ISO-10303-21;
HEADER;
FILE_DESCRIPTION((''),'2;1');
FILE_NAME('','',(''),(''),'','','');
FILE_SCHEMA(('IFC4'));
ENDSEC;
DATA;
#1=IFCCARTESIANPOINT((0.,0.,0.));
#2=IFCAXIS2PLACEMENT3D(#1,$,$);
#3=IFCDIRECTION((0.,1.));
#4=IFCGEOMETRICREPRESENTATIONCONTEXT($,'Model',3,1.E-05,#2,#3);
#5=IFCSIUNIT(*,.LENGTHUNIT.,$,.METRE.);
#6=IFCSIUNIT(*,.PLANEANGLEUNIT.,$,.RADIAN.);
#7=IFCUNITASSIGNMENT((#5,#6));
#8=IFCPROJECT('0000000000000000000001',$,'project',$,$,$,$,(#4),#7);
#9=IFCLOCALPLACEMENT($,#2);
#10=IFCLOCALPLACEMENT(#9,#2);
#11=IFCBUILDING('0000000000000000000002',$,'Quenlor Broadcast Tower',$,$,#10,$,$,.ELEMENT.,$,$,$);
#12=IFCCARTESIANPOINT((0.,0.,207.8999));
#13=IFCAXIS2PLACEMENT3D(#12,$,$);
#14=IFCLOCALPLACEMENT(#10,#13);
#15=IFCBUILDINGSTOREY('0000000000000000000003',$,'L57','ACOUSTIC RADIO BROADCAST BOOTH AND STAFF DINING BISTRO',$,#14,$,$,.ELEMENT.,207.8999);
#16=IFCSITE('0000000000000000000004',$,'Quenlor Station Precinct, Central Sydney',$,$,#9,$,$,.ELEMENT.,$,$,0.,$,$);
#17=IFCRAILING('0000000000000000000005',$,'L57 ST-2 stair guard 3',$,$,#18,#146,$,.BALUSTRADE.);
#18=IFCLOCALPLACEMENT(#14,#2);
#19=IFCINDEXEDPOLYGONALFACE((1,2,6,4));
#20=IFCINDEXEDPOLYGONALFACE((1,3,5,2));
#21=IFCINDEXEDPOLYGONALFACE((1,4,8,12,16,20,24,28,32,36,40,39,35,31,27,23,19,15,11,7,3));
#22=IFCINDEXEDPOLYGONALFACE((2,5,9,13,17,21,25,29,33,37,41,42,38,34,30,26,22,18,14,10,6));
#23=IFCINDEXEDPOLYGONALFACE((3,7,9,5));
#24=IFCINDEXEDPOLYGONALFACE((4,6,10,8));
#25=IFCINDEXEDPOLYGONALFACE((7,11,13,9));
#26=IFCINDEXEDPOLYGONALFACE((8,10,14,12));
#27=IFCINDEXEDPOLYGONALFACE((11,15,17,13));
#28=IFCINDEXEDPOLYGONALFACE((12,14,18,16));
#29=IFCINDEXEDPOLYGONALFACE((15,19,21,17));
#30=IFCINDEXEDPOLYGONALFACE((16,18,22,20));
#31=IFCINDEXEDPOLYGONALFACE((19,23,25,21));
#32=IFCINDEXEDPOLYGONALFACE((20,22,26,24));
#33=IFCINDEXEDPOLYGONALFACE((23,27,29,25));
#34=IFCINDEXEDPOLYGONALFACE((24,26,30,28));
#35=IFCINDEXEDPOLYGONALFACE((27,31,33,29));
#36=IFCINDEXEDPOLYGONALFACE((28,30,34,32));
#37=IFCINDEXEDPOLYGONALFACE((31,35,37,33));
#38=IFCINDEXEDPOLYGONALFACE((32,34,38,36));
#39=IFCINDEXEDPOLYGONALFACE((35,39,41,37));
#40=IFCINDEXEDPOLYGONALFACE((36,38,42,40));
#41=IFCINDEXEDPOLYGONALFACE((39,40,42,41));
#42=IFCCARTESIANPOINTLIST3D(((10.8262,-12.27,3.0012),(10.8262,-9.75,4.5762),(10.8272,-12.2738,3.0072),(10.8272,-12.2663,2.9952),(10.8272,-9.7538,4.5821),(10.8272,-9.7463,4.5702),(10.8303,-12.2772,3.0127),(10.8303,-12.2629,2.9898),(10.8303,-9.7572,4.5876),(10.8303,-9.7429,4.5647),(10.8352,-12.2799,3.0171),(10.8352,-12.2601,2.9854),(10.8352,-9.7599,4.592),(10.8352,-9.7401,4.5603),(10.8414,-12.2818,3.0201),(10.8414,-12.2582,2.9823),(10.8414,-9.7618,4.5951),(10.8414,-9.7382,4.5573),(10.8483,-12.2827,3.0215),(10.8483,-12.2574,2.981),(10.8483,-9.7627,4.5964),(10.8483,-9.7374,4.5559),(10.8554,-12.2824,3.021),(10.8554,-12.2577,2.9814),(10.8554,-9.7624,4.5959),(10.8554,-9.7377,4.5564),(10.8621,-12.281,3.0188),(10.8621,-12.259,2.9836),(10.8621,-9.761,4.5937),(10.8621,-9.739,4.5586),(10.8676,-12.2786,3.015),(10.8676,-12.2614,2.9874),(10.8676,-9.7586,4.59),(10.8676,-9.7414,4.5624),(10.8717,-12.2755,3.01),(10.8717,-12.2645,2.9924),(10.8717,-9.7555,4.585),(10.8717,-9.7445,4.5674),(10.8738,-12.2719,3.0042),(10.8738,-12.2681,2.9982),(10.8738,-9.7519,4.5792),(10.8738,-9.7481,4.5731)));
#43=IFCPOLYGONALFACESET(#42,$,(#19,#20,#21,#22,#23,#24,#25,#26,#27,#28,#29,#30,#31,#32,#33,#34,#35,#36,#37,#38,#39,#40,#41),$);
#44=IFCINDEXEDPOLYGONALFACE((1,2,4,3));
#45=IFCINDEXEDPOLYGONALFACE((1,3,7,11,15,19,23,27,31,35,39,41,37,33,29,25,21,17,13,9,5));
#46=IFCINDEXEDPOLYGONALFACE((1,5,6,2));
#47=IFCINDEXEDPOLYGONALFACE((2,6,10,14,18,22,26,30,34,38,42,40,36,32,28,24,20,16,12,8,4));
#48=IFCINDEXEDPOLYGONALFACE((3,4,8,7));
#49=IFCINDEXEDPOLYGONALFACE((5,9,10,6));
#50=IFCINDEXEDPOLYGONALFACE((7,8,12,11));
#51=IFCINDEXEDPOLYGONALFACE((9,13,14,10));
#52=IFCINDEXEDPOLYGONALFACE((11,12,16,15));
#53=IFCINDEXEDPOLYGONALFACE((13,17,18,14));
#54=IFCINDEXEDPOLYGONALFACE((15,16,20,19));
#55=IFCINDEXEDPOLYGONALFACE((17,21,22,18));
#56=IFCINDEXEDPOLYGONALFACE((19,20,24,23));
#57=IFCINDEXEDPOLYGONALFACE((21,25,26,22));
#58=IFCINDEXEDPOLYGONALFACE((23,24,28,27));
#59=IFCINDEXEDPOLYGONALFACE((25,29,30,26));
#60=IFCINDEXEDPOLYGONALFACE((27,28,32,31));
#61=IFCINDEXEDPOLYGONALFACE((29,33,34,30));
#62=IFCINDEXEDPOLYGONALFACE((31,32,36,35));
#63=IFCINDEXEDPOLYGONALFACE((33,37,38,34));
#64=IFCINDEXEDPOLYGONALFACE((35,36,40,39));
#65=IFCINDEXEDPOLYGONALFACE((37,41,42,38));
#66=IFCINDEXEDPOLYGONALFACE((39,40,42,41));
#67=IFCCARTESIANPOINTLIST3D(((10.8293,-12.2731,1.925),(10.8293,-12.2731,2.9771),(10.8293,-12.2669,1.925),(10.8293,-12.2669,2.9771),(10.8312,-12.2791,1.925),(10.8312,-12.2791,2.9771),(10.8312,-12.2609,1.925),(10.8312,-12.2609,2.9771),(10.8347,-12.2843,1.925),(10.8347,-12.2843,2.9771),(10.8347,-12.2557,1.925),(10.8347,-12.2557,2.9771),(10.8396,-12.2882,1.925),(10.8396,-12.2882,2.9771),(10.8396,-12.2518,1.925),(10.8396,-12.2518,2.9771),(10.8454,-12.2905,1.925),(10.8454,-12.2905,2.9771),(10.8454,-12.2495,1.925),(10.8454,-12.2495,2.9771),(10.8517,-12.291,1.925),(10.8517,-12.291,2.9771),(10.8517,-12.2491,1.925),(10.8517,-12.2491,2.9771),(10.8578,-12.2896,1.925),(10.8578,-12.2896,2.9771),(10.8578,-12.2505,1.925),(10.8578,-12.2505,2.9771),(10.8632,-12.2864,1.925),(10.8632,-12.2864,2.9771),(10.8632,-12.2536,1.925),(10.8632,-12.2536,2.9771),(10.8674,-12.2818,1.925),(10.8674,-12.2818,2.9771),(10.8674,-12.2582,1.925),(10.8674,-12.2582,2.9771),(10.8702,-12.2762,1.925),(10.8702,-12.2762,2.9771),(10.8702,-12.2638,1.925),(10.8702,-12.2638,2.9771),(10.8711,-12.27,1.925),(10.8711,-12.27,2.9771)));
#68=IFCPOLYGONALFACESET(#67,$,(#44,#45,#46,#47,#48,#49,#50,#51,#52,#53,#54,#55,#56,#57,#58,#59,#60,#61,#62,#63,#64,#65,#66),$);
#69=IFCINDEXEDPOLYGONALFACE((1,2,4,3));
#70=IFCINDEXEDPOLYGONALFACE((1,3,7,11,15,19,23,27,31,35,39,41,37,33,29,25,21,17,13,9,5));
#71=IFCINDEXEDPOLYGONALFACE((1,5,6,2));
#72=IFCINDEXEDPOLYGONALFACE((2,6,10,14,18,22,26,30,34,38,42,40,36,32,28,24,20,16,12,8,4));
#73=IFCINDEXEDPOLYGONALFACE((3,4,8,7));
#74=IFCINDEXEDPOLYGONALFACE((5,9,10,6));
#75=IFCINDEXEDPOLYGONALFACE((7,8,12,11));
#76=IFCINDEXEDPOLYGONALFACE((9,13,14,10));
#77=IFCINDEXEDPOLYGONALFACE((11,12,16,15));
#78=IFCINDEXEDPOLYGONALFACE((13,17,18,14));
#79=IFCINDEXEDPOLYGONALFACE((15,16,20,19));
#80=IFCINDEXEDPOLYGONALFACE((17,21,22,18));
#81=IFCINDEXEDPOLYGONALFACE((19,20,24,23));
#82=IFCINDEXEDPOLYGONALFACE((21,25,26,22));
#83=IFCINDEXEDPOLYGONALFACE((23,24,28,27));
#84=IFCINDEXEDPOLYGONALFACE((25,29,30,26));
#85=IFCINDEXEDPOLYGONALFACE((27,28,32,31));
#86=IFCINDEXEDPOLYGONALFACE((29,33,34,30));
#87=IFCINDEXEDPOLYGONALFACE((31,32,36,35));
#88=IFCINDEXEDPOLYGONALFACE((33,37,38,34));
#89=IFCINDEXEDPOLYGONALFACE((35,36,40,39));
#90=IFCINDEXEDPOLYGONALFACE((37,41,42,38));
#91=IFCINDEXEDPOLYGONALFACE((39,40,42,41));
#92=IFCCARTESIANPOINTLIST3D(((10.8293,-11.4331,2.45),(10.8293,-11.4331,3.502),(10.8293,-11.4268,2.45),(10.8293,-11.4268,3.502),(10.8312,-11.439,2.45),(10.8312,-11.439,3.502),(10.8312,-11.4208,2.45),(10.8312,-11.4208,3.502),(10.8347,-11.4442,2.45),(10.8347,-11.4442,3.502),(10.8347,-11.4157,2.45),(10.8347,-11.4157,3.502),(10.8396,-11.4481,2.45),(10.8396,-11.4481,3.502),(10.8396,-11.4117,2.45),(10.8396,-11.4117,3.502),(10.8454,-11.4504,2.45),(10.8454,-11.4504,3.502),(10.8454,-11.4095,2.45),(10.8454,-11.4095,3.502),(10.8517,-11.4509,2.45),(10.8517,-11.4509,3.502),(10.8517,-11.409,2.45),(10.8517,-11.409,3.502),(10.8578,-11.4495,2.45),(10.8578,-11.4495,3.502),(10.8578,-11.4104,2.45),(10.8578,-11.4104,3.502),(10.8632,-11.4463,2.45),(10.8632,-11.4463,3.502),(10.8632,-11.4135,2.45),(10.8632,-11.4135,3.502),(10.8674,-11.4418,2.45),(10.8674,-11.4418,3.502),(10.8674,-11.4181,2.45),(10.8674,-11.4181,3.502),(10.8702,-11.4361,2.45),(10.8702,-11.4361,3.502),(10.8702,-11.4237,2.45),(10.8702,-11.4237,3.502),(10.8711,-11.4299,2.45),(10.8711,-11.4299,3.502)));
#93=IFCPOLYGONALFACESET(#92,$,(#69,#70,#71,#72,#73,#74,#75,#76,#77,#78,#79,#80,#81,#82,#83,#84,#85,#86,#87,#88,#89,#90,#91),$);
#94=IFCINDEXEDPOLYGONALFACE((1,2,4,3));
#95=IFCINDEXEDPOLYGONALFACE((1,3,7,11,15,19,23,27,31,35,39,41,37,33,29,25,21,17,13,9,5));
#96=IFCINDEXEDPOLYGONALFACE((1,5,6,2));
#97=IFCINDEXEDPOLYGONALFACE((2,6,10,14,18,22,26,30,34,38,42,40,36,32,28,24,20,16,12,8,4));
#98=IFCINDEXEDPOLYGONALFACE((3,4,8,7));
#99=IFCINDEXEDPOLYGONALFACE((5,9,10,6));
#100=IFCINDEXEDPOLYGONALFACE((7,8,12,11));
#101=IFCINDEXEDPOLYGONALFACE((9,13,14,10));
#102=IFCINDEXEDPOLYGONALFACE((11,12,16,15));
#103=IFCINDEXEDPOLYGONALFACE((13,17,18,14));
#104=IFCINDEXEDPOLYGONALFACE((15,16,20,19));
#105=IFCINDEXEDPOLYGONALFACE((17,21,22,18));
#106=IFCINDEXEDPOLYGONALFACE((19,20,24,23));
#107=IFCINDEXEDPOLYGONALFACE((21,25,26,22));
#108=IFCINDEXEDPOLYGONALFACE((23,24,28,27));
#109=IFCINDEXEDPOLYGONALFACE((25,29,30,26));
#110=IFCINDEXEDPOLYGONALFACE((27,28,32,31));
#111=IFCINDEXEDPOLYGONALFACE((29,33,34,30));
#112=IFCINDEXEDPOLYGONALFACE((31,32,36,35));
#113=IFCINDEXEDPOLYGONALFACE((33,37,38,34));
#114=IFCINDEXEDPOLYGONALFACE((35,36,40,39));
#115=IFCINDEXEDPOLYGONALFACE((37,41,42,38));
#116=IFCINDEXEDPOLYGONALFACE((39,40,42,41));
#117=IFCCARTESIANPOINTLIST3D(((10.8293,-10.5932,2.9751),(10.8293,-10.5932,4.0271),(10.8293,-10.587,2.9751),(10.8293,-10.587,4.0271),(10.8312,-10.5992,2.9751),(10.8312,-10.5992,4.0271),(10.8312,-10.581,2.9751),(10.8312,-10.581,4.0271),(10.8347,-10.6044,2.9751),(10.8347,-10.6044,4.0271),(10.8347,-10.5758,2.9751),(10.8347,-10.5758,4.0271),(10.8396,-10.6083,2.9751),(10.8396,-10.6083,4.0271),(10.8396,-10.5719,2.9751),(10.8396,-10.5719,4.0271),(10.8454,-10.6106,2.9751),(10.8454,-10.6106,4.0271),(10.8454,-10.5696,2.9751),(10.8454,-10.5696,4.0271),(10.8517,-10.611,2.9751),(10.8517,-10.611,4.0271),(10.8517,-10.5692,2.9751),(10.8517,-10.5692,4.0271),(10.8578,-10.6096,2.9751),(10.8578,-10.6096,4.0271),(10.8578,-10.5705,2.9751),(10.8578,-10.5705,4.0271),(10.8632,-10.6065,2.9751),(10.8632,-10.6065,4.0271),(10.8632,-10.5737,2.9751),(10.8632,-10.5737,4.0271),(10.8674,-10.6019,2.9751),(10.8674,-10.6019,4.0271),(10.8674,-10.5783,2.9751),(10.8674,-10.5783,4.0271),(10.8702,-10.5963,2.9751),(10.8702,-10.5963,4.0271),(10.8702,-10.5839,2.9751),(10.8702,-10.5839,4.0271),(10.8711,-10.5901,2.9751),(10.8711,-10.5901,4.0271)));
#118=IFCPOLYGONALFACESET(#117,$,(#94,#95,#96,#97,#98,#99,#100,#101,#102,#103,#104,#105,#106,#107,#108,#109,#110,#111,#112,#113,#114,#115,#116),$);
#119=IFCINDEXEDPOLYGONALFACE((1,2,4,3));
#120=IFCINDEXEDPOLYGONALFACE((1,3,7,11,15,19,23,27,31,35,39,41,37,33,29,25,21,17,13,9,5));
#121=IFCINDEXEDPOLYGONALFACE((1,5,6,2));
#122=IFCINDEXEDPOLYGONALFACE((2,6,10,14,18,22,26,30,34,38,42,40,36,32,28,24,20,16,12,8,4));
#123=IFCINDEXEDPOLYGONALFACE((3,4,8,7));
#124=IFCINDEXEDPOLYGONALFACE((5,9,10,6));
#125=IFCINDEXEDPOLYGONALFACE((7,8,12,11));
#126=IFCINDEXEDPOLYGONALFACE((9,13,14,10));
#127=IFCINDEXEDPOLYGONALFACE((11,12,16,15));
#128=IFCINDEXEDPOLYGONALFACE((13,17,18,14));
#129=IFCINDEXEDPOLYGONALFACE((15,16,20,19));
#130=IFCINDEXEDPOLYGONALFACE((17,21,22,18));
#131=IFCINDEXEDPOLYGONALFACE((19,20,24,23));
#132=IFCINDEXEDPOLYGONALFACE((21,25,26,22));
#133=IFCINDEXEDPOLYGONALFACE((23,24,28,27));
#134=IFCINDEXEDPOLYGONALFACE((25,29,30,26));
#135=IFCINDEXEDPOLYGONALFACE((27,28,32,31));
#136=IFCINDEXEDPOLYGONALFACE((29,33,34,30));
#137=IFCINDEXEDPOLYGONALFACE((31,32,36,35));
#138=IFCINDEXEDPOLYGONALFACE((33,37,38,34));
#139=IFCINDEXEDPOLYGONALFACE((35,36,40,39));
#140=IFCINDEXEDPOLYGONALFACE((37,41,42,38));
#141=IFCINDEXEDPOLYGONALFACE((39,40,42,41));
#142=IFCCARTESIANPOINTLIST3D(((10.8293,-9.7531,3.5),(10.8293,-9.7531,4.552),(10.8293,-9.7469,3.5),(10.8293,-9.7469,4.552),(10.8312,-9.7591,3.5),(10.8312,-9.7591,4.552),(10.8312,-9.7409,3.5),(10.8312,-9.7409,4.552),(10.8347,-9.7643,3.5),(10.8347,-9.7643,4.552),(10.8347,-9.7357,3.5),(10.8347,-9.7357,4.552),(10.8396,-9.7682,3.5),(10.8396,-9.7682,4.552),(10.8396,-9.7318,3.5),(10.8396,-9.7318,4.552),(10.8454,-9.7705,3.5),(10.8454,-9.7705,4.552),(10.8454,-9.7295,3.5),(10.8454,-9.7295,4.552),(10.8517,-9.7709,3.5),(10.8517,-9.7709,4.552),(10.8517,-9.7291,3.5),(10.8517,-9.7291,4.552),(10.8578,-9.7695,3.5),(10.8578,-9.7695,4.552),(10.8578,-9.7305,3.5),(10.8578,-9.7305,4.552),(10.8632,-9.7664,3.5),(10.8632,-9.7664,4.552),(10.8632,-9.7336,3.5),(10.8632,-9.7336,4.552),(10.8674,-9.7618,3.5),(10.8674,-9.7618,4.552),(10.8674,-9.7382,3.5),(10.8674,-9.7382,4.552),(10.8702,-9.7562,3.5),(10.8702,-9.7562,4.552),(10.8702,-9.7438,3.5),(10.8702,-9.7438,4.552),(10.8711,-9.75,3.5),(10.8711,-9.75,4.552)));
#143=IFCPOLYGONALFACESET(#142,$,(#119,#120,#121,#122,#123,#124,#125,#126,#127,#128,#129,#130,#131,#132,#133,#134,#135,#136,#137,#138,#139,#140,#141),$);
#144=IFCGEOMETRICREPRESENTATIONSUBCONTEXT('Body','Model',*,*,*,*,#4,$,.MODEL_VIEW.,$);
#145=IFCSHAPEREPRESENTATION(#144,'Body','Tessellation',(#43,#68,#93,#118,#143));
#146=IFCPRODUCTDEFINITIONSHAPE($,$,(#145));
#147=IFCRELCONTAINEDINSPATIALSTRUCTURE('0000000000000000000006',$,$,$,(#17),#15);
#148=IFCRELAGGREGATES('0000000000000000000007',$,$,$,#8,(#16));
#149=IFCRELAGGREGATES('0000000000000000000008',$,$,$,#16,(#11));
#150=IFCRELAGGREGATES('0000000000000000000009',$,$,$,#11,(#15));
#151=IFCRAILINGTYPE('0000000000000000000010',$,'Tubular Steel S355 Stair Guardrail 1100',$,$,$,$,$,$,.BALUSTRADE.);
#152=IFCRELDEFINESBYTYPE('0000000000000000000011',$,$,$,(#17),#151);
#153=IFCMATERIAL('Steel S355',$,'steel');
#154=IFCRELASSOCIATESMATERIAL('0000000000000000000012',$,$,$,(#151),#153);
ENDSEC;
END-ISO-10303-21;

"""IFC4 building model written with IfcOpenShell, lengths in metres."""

from ifc_helpers import new_model, si_unit, direction, frame, origin, origin_2d, place, context, subcontext, project, spatial, circle, extrude, material, type_object, element, save


model = new_model("IFC4")

# Units and contexts
model_context = context("Model", 3, precision=1e-05, world=origin(), true_north=direction((0.0, 1.0)))
body_context = subcontext(model_context, "Body", "Model", "MODEL_VIEW")
ifc_project = project(units=[si_unit("LENGTHUNIT", "METRE"), si_unit("PLANEANGLEUNIT", "RADIAN")], contexts=[model_context])

# Site, building, storey
site_placement = place(None, origin())
site = spatial("IfcSite", under=ifc_project, at=site_placement, Name="Quenlor Station Precinct, Central Sydney", CompositionType="ELEMENT", RefElevation=0.0)
building_placement = place(site_placement, origin())
building = spatial("IfcBuilding", under=site, at=building_placement, Name="Quenlor Broadcast Tower", CompositionType="ELEMENT")
storey_placement = place(building_placement, frame((0.0, 0.0, 207.8999)))
storey = spatial("IfcBuildingStorey", under=building, at=storey_placement, Name="L57", Description="ACOUSTIC RADIO BROADCAST BOOTH AND STAFF DINING BISTRO", CompositionType="ELEMENT", Elevation=207.8999)

# Railing
ifc_material_1 = material(Name="Steel S355", Category="steel")
railing_type_1 = type_object("IfcRailingType", Name="Tubular Steel S355 Stair Guardrail 1100", PredefinedType="BALUSTRADE", material=ifc_material_1)
railing_1_placement = place(storey_placement, frame((10.8501, -12.27, 1.925)))
element("IfcRailing", 1, at=railing_1_placement, inside=storey, type_object=railing_type_1, Name="L57 ST-2 stair guard 3", PredefinedType="BALUSTRADE", context=body_context, shape_type="SweptSolid", body=[
    extrude(circle(Radius=0.0239, at=origin_2d()), frame((0.0, 0.0, 1.0762), z_axis=(0.0, 0.848008, 0.529984), x_axis=(-1.0, 0.0, 0.0)), (0.0, 0.0, 1.0), 2.9717),
    extrude(circle(Radius=0.021, at=origin_2d()), origin(), (0.0, 0.0, 1.0), 1.052),
    extrude(circle(Radius=0.021, at=origin_2d()), frame((0.0, 0.8401, 0.5249)), (0.0, 0.0, 1.0), 1.052),
    extrude(circle(Radius=0.021, at=origin_2d()), frame((0.0, 1.6799, 1.05)), (0.0, 0.0, 1.0), 1.052),
    extrude(circle(Radius=0.021, at=origin_2d()), frame((0.0, 2.52, 1.575)), (0.0, 0.0, 1.0), 1.052),
])

save(model, "model.ifc")
